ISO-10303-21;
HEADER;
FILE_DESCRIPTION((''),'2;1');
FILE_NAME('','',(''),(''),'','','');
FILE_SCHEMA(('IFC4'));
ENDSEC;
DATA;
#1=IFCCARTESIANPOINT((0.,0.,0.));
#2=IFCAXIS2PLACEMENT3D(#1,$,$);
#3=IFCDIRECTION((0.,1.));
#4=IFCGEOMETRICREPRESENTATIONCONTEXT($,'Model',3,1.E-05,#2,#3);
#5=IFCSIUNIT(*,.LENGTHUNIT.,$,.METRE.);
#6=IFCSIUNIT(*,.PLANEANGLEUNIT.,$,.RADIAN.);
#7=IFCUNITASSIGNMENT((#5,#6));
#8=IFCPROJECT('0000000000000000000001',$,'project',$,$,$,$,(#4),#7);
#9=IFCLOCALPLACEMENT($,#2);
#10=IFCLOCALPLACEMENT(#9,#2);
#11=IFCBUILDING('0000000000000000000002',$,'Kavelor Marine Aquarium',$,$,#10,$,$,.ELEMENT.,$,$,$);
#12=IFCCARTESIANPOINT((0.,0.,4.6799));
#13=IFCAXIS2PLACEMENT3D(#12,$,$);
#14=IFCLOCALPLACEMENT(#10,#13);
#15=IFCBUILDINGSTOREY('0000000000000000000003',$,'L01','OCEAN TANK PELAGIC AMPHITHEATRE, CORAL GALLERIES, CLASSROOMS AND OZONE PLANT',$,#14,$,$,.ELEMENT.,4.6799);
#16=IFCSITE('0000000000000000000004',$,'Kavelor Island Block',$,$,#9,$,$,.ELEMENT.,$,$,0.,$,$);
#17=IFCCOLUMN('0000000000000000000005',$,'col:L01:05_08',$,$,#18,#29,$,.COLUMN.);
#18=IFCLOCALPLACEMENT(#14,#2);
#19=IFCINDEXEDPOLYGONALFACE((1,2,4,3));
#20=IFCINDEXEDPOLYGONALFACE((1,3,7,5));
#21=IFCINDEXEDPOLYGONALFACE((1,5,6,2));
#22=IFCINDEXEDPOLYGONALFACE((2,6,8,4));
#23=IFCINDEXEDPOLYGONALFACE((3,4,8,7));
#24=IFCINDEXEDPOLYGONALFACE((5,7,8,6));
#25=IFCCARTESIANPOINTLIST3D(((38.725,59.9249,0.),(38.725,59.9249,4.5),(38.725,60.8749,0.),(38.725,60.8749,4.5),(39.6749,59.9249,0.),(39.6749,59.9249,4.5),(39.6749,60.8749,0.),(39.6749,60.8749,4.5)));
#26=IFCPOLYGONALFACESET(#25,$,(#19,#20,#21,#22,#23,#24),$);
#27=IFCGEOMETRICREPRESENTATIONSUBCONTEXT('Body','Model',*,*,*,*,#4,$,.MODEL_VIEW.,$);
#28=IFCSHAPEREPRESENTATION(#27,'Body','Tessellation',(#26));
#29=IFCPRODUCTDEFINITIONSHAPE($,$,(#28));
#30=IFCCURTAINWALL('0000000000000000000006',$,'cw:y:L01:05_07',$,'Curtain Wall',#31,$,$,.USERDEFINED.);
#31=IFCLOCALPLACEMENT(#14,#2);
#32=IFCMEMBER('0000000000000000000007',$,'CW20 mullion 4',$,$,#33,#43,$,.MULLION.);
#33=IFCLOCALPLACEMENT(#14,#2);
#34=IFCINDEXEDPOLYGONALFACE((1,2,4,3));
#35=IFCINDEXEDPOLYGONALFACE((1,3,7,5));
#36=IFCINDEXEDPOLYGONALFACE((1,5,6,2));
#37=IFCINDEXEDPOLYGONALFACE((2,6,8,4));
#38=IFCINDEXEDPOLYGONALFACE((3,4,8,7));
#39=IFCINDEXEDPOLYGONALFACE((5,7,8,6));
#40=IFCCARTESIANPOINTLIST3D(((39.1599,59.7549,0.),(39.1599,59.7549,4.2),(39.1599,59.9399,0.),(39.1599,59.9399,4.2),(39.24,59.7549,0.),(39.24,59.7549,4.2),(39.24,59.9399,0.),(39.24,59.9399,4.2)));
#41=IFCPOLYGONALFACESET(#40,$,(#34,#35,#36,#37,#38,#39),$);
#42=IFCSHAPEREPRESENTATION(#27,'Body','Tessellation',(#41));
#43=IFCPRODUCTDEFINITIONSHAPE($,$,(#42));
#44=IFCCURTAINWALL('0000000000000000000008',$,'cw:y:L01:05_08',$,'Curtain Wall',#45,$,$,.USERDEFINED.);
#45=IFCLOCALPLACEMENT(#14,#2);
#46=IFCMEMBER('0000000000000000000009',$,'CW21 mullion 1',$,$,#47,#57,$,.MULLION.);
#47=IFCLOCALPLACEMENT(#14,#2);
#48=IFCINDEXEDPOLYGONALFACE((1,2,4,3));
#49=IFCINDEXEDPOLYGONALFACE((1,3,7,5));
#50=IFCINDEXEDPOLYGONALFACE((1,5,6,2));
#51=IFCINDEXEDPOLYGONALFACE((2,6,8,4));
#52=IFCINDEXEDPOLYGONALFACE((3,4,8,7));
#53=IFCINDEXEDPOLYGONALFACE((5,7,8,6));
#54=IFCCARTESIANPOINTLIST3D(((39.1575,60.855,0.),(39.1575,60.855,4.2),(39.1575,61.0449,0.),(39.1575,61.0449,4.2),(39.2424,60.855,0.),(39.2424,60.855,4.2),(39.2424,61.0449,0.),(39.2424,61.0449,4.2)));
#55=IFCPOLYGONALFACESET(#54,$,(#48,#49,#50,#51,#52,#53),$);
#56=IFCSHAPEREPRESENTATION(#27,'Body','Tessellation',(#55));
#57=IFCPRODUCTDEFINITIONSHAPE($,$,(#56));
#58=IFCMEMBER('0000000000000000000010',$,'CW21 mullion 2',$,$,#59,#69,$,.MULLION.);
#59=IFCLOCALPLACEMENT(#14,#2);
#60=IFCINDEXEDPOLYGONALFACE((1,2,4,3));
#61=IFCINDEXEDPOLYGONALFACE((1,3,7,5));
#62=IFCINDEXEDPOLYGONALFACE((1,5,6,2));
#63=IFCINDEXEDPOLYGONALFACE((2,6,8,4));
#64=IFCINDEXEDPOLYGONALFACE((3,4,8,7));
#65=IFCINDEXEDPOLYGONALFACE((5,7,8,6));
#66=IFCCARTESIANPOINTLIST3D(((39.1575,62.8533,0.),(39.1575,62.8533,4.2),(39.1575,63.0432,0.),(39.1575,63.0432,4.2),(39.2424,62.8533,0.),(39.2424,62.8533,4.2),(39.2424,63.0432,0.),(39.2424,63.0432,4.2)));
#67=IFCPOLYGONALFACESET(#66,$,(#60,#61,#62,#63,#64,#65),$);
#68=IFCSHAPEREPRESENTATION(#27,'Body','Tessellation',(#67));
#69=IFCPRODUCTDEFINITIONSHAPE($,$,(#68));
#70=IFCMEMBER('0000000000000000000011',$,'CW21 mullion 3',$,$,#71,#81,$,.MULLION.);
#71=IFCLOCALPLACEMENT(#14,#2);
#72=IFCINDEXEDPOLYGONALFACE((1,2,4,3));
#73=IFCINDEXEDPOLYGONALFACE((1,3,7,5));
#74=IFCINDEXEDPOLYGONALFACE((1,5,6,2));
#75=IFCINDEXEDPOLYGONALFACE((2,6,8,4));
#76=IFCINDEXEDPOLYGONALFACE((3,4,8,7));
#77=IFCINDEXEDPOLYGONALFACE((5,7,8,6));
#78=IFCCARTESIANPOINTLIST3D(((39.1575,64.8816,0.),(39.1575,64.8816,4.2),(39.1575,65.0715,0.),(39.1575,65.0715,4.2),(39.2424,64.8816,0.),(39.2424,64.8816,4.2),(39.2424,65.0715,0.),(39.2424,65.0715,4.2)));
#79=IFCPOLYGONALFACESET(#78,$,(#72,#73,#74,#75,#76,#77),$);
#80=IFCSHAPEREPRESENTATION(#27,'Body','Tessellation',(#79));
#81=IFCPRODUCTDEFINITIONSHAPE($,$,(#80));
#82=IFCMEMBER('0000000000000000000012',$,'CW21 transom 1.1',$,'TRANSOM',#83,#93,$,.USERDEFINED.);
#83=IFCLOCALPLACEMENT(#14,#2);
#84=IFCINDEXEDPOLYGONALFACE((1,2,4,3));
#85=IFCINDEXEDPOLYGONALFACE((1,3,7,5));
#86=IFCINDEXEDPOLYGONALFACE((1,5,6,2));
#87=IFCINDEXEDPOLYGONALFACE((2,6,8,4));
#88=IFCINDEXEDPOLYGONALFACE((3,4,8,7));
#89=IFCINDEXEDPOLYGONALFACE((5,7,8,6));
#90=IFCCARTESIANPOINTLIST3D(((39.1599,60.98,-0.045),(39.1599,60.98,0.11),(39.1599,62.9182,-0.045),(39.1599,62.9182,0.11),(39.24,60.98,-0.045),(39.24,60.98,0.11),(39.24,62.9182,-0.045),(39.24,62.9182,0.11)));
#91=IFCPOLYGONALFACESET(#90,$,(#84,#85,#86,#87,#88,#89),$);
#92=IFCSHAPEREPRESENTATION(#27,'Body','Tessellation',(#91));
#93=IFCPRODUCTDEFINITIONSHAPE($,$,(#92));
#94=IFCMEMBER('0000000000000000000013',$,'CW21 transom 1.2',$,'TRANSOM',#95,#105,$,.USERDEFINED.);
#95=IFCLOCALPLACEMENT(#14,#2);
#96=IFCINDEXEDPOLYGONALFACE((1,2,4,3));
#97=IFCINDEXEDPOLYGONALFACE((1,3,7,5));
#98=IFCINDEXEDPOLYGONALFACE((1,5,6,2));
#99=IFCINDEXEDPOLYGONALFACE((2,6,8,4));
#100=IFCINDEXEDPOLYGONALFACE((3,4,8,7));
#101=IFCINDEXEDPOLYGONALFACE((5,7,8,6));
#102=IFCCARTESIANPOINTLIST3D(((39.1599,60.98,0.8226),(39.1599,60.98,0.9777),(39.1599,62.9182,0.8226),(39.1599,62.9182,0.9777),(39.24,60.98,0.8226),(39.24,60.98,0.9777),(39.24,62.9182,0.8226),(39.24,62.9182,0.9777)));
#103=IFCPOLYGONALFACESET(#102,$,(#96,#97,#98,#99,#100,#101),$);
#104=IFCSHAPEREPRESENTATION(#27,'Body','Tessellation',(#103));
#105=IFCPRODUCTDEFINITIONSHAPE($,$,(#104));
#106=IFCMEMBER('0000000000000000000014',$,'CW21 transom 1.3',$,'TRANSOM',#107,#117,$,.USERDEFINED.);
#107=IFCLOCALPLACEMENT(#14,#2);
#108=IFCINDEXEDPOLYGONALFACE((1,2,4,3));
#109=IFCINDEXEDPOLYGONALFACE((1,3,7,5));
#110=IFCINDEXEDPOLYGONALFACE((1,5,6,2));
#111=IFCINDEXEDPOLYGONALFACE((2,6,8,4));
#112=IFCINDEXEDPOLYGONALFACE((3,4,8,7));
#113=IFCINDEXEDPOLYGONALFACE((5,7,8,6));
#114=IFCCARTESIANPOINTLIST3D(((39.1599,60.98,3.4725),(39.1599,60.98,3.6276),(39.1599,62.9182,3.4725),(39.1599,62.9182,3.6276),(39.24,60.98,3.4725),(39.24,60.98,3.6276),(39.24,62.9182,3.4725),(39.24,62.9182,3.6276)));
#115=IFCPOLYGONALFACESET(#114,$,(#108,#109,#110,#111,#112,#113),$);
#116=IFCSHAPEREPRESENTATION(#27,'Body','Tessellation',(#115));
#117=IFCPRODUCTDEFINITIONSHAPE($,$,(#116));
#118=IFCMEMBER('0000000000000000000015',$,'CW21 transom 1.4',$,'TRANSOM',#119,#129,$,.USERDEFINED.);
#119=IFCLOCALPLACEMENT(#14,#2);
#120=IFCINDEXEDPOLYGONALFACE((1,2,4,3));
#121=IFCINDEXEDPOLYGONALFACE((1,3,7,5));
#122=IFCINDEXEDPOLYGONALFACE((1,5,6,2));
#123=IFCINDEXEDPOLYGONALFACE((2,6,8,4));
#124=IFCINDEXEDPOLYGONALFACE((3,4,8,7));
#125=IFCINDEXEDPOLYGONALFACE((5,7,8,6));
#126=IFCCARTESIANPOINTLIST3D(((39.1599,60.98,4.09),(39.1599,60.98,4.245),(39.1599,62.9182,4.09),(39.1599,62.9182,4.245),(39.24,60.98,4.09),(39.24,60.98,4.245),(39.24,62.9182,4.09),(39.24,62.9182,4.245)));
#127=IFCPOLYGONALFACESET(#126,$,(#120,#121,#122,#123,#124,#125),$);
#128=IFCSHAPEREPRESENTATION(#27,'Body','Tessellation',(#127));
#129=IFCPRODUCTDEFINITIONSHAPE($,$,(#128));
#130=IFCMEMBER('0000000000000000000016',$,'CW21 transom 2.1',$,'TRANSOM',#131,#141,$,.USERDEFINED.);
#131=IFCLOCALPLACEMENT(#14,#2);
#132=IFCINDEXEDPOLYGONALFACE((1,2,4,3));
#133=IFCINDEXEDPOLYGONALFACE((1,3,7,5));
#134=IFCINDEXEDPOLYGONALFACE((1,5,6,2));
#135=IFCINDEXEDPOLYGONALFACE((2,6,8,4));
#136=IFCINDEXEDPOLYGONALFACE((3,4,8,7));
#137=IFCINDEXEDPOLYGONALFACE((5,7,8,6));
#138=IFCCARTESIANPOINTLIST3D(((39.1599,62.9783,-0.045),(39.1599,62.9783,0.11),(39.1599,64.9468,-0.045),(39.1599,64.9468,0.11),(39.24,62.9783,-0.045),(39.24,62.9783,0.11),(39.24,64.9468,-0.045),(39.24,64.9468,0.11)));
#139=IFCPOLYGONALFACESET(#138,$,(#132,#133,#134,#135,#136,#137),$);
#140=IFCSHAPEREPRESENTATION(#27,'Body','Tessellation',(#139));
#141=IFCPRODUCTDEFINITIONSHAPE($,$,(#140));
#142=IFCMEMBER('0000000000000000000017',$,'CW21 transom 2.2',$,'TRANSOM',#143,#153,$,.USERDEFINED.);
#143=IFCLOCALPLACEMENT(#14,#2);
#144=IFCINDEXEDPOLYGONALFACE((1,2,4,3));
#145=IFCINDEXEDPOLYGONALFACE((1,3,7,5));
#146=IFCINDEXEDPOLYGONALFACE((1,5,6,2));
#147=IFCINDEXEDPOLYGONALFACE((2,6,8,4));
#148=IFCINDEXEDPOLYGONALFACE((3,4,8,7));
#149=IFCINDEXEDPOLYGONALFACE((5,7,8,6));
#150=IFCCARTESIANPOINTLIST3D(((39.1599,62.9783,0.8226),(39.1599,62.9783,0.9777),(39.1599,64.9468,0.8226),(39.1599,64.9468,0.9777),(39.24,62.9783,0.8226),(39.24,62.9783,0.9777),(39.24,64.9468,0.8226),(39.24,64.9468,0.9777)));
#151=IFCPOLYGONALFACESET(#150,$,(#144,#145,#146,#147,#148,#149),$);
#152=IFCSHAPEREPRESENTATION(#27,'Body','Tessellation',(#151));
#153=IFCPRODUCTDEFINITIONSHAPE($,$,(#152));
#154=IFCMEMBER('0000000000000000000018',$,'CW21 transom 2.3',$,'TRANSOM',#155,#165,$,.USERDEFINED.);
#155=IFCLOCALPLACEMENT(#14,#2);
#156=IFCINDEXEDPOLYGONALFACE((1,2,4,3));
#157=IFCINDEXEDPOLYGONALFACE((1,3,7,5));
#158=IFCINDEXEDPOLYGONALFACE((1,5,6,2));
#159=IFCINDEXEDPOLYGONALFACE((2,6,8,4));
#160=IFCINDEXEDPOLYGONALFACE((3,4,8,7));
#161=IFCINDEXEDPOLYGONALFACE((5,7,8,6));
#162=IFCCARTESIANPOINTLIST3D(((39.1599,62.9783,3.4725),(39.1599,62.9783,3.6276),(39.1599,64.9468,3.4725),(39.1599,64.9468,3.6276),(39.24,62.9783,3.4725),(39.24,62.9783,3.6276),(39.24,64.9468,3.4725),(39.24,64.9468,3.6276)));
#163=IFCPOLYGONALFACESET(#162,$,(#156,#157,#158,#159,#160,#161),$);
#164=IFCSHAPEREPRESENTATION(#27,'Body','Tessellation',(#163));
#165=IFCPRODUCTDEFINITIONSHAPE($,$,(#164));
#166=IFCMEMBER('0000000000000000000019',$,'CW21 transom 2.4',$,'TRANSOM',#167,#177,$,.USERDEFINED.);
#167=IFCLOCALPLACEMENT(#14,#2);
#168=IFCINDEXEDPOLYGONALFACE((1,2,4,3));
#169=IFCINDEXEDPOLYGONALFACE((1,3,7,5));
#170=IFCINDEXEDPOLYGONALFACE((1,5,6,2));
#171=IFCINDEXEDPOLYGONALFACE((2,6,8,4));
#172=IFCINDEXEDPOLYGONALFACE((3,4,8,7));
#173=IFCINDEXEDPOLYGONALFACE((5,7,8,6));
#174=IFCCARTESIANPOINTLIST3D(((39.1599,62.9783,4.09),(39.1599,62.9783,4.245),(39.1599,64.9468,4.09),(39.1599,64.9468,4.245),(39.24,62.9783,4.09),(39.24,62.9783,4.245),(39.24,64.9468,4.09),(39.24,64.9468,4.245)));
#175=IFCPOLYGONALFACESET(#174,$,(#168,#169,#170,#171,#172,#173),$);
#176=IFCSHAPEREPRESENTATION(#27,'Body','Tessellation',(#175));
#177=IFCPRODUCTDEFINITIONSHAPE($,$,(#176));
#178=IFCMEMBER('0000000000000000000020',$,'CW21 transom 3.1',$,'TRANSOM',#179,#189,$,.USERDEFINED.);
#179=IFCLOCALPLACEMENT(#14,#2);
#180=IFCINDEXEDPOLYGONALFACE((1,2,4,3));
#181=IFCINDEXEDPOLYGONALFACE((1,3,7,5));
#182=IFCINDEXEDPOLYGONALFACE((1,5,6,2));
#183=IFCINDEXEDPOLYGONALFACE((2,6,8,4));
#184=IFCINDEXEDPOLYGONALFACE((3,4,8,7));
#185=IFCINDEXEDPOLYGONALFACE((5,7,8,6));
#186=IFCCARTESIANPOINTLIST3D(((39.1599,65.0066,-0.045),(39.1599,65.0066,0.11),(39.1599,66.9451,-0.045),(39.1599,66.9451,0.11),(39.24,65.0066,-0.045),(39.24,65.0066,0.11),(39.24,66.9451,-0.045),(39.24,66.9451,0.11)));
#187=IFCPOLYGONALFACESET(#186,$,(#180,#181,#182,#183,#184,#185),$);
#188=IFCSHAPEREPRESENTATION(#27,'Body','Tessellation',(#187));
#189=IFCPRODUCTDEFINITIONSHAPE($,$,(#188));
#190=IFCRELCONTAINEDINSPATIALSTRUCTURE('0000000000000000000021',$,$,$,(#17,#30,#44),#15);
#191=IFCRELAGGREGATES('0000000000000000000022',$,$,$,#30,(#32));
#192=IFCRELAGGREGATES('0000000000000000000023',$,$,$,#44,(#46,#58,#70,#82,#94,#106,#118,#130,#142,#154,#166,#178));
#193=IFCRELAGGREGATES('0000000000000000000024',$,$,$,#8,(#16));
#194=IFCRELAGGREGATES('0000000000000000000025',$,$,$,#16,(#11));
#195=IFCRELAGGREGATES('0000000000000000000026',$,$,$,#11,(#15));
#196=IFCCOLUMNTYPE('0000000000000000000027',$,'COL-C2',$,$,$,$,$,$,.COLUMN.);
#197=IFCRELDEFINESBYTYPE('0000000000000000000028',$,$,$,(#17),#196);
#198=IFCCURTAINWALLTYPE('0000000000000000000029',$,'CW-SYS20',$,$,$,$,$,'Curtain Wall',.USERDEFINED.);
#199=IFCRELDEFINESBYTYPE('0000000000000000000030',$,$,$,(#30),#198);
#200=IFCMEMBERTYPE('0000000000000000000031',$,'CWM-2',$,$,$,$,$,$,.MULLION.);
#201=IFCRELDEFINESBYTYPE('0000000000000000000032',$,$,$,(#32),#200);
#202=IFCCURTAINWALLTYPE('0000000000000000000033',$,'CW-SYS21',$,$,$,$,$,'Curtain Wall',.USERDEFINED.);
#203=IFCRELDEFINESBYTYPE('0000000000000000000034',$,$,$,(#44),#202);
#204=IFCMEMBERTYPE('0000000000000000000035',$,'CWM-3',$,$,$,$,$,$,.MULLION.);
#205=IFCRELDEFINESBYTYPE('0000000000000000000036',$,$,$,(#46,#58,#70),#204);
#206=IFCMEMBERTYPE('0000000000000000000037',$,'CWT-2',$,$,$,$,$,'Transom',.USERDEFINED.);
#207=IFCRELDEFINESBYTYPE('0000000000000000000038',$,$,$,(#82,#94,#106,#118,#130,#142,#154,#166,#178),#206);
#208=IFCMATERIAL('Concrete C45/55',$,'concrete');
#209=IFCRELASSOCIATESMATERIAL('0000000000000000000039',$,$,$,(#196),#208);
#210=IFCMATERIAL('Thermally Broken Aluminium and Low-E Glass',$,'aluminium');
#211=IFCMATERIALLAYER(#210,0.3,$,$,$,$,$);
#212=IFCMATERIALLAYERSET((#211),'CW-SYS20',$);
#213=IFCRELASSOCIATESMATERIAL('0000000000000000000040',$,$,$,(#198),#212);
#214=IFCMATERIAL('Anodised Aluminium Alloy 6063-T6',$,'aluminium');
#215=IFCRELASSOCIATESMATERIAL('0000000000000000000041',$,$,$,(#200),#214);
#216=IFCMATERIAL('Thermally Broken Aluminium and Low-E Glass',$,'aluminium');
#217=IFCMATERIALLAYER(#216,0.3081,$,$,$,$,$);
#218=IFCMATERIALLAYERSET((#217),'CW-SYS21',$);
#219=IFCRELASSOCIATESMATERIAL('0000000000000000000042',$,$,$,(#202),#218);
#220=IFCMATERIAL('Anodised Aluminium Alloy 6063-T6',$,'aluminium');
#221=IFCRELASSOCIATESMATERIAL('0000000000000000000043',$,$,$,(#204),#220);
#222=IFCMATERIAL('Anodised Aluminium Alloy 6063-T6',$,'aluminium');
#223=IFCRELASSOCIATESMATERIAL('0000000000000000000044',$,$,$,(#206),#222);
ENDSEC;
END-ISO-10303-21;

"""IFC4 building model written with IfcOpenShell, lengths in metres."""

from ifc_helpers import new_model, si_unit, direction, frame, origin, origin_2d, place, context, subcontext, project, spatial, rectangle, extrude, material, layer, layer_set, material_profile, profile_set, type_object, element, aggregate, save


model = new_model("IFC4")

# Units and contexts
model_context = context("Model", 3, precision=1e-05, world=origin(), true_north=direction((0.0, 1.0)))
body_context = subcontext(model_context, "Body", "Model", "MODEL_VIEW")
ifc_project = project(units=[si_unit("LENGTHUNIT", "METRE"), si_unit("PLANEANGLEUNIT", "RADIAN")], contexts=[model_context])

# Site, building, storey
site_placement = place(None, origin())
site = spatial("IfcSite", under=ifc_project, at=site_placement, Name="Kavelor Island Block", CompositionType="ELEMENT", RefElevation=0.0)
building_placement = place(site_placement, origin())
building = spatial("IfcBuilding", under=site, at=building_placement, Name="Kavelor Marine Aquarium", CompositionType="ELEMENT")
storey_placement = place(building_placement, frame((0.0, 0.0, 4.6799)))
storey = spatial("IfcBuildingStorey", under=building, at=storey_placement, Name="L01", Description="OCEAN TANK PELAGIC AMPHITHEATRE, CORAL GALLERIES, CLASSROOMS AND OZONE PLANT", CompositionType="ELEMENT", Elevation=4.6799)

# Column
ifc_material_1 = material(Name="Concrete C45/55", Category="concrete")
ifc_material_profile_1 = material_profile(ifc_material_1, rectangle(XDim=0.95, YDim=0.95, at=origin_2d()), Name="RC-COL 950x950")
ifc_profile_set_1 = profile_set([ifc_material_profile_1], Name="Concrete C45/55")
column_type = type_object("IfcColumnType", Name="COL-C2", PredefinedType="COLUMN", material=ifc_profile_set_1)
column_placement = place(storey_placement, frame((39.2, 60.3999, 0.0), z_axis=(0.0, 0.0, 1.0), x_axis=(1.0, 0.0, 0.0)))
element("IfcColumn", 1, at=column_placement, inside=storey, type_object=column_type, Name="col:L01:05_08", PredefinedType="COLUMN", context=body_context, shape_type="SweptSolid", body=[
    extrude(rectangle(XDim=0.95, YDim=0.95, at=origin_2d()), origin(), (0.0, 0.0, 1.0), 4.5),
])

# Curtain wall, member
ifc_material_2 = material(Name="Thermally Broken Aluminium and Low-E Glass", Category="aluminium")
ifc_layer_1 = layer(ifc_material_2, 0.3)
ifc_layer_set_1 = layer_set([ifc_layer_1], Name="CW-SYS20")
curtain_wall_type_1 = type_object("IfcCurtainWallType", Name="CW-SYS20", ElementType="Curtain Wall", PredefinedType="USERDEFINED", material=ifc_layer_set_1)
curtain_wall_1_placement = place(storey_placement, origin())
curtain_wall_1 = element("IfcCurtainWall", 2, at=curtain_wall_1_placement, inside=storey, type_object=curtain_wall_type_1, Name="cw:y:L01:05_07", ObjectType="Curtain Wall", PredefinedType="USERDEFINED")
ifc_material_3 = material(Name="Anodised Aluminium Alloy 6063-T6", Category="aluminium")
ifc_material_profile_2 = material_profile(ifc_material_3, rectangle(XDim=0.0801, YDim=0.1851, at=origin_2d()), Name="CW-MUL 80x185")
ifc_profile_set_2 = profile_set([ifc_material_profile_2], Name="Anodised Aluminium Alloy 6063-T6")
member_type_1 = type_object("IfcMemberType", Name="CWM-2", PredefinedType="MULLION", material=ifc_profile_set_2)
member_1_placement = place(storey_placement, frame((39.2, 59.8474, 0.0), z_axis=(0.0, 0.0, 1.0), x_axis=(-1.0, 0.0, 0.0)))
member_1 = element("IfcMember", 3, at=member_1_placement, type_object=member_type_1, Name="CW20 mullion 4", PredefinedType="MULLION", context=body_context, shape_type="SweptSolid", body=[
    extrude(rectangle(XDim=0.0801, YDim=0.1851, at=origin_2d()), origin(), (0.0, 0.0, 1.0), 4.2),
])

# Curtain wall, members
ifc_material_4 = material(Name="Thermally Broken Aluminium and Low-E Glass", Category="aluminium")
ifc_layer_2 = layer(ifc_material_4, 0.3081)
ifc_layer_set_2 = layer_set([ifc_layer_2], Name="CW-SYS21")
curtain_wall_type_2 = type_object("IfcCurtainWallType", Name="CW-SYS21", ElementType="Curtain Wall", PredefinedType="USERDEFINED", material=ifc_layer_set_2)
curtain_wall_2_placement = place(storey_placement, origin())
curtain_wall_2 = element("IfcCurtainWall", 4, at=curtain_wall_2_placement, inside=storey, type_object=curtain_wall_type_2, Name="cw:y:L01:05_08", ObjectType="Curtain Wall", PredefinedType="USERDEFINED")
ifc_material_5 = material(Name="Anodised Aluminium Alloy 6063-T6", Category="aluminium")
ifc_material_profile_3 = material_profile(ifc_material_5, rectangle(XDim=0.085, YDim=0.1899, at=origin_2d()), Name="CW-MUL 85x190")
ifc_profile_set_3 = profile_set([ifc_material_profile_3], Name="Anodised Aluminium Alloy 6063-T6")
member_type_2 = type_object("IfcMemberType", Name="CWM-3", PredefinedType="MULLION", material=ifc_profile_set_3)
member_2_placement = place(storey_placement, frame((39.2, 60.95, 0.0), z_axis=(0.0, 0.0, 1.0), x_axis=(-1.0, 0.0, 0.0)))
member_2 = element("IfcMember", 5, at=member_2_placement, type_object=member_type_2, Name="CW21 mullion 1", PredefinedType="MULLION", context=body_context, shape_type="SweptSolid", body=[
    extrude(rectangle(XDim=0.085, YDim=0.1899, at=origin_2d()), origin(), (0.0, 0.0, 1.0), 4.2),
])
member_3_placement = place(storey_placement, frame((39.2, 62.9482, 0.0), z_axis=(0.0, 0.0, 1.0), x_axis=(-1.0, 0.0, 0.0)))
member_3 = element("IfcMember", 6, at=member_3_placement, type_object=member_type_2, Name="CW21 mullion 2", PredefinedType="MULLION", context=body_context, shape_type="SweptSolid", body=[
    extrude(rectangle(XDim=0.085, YDim=0.1899, at=origin_2d()), origin(), (0.0, 0.0, 1.0), 4.2),
])
member_4_placement = place(storey_placement, frame((39.2, 64.9766, 0.0), z_axis=(0.0, 0.0, 1.0), x_axis=(-1.0, 0.0, 0.0)))
member_4 = element("IfcMember", 7, at=member_4_placement, type_object=member_type_2, Name="CW21 mullion 3", PredefinedType="MULLION", context=body_context, shape_type="SweptSolid", body=[
    extrude(rectangle(XDim=0.085, YDim=0.1899, at=origin_2d()), origin(), (0.0, 0.0, 1.0), 4.2),
])
ifc_material_6 = material(Name="Anodised Aluminium Alloy 6063-T6", Category="aluminium")
ifc_material_profile_4 = material_profile(ifc_material_6, rectangle(XDim=0.0801, YDim=0.155, at=origin_2d()), Name="CW-TRN 80x155")
ifc_profile_set_4 = profile_set([ifc_material_profile_4], Name="Anodised Aluminium Alloy 6063-T6")
member_type_3 = type_object("IfcMemberType", Name="CWT-2", ElementType="Transom", PredefinedType="USERDEFINED", material=ifc_profile_set_4)
member_5_placement = place(storey_placement, frame((39.2, 60.98, 0.0325), z_axis=(0.0, 1.0, 0.0), x_axis=(-1.0, 0.0, 0.0)))
member_5 = element("IfcMember", 8, at=member_5_placement, type_object=member_type_3, Name="CW21 transom 1.1", ObjectType="TRANSOM", PredefinedType="USERDEFINED", context=body_context, shape_type="SweptSolid", body=[
    extrude(rectangle(XDim=0.0801, YDim=0.155, at=origin_2d()), origin(), (0.0, 0.0, 1.0), 1.9382),
])
member_6_placement = place(storey_placement, frame((39.2, 60.98, 0.9001), z_axis=(0.0, 1.0, 0.0), x_axis=(-1.0, 0.0, 0.0)))
member_6 = element("IfcMember", 9, at=member_6_placement, type_object=member_type_3, Name="CW21 transom 1.2", ObjectType="TRANSOM", PredefinedType="USERDEFINED", context=body_context, shape_type="SweptSolid", body=[
    extrude(rectangle(XDim=0.0801, YDim=0.155, at=origin_2d()), origin(), (0.0, 0.0, 1.0), 1.9382),
])
member_7_placement = place(storey_placement, frame((39.2, 60.98, 3.55), z_axis=(0.0, 1.0, 0.0), x_axis=(-1.0, 0.0, 0.0)))
member_7 = element("IfcMember", 10, at=member_7_placement, type_object=member_type_3, Name="CW21 transom 1.3", ObjectType="TRANSOM", PredefinedType="USERDEFINED", context=body_context, shape_type="SweptSolid", body=[
    extrude(rectangle(XDim=0.0801, YDim=0.155, at=origin_2d()), origin(), (0.0, 0.0, 1.0), 1.9382),
])
member_8_placement = place(storey_placement, frame((39.2, 60.98, 4.1675), z_axis=(0.0, 1.0, 0.0), x_axis=(-1.0, 0.0, 0.0)))
member_8 = element("IfcMember", 11, at=member_8_placement, type_object=member_type_3, Name="CW21 transom 1.4", ObjectType="TRANSOM", PredefinedType="USERDEFINED", context=body_context, shape_type="SweptSolid", body=[
    extrude(rectangle(XDim=0.0801, YDim=0.155, at=origin_2d()), origin(), (0.0, 0.0, 1.0), 1.9382),
])
member_9_placement = place(storey_placement, frame((39.2, 62.9783, 0.0325), z_axis=(0.0, 1.0, 0.0), x_axis=(-1.0, 0.0, 0.0)))
member_9 = element("IfcMember", 12, at=member_9_placement, type_object=member_type_3, Name="CW21 transom 2.1", ObjectType="TRANSOM", PredefinedType="USERDEFINED", context=body_context, shape_type="SweptSolid", body=[
    extrude(rectangle(XDim=0.0801, YDim=0.155, at=origin_2d()), origin(), (0.0, 0.0, 1.0), 1.9685),
])
member_10_placement = place(storey_placement, frame((39.2, 62.9783, 0.9001), z_axis=(0.0, 1.0, 0.0), x_axis=(-1.0, 0.0, 0.0)))
member_10 = element("IfcMember", 13, at=member_10_placement, type_object=member_type_3, Name="CW21 transom 2.2", ObjectType="TRANSOM", PredefinedType="USERDEFINED", context=body_context, shape_type="SweptSolid", body=[
    extrude(rectangle(XDim=0.0801, YDim=0.155, at=origin_2d()), origin(), (0.0, 0.0, 1.0), 1.9685),
])
member_11_placement = place(storey_placement, frame((39.2, 62.9783, 3.55), z_axis=(0.0, 1.0, 0.0), x_axis=(-1.0, 0.0, 0.0)))
member_11 = element("IfcMember", 14, at=member_11_placement, type_object=member_type_3, Name="CW21 transom 2.3", ObjectType="TRANSOM", PredefinedType="USERDEFINED", context=body_context, shape_type="SweptSolid", body=[
    extrude(rectangle(XDim=0.0801, YDim=0.155, at=origin_2d()), origin(), (0.0, 0.0, 1.0), 1.9685),
])
member_12_placement = place(storey_placement, frame((39.2, 62.9783, 4.1675), z_axis=(0.0, 1.0, 0.0), x_axis=(-1.0, 0.0, 0.0)))
member_12 = element("IfcMember", 15, at=member_12_placement, type_object=member_type_3, Name="CW21 transom 2.4", ObjectType="TRANSOM", PredefinedType="USERDEFINED", context=body_context, shape_type="SweptSolid", body=[
    extrude(rectangle(XDim=0.0801, YDim=0.155, at=origin_2d()), origin(), (0.0, 0.0, 1.0), 1.9685),
])
member_13_placement = place(storey_placement, frame((39.2, 65.0066, 0.0325), z_axis=(0.0, 1.0, 0.0), x_axis=(-1.0, 0.0, 0.0)))
member_13 = element("IfcMember", 16, at=member_13_placement, type_object=member_type_3, Name="CW21 transom 3.1", ObjectType="TRANSOM", PredefinedType="USERDEFINED", context=body_context, shape_type="SweptSolid", body=[
    extrude(rectangle(XDim=0.0801, YDim=0.155, at=origin_2d()), origin(), (0.0, 0.0, 1.0), 1.9385),
])

aggregate(curtain_wall_1, [member_1])
aggregate(curtain_wall_2, [member_2, member_3, member_4, member_5, member_6, member_7, member_8, member_9, member_10, member_11, member_12, member_13])

save(model, "model.ifc")
